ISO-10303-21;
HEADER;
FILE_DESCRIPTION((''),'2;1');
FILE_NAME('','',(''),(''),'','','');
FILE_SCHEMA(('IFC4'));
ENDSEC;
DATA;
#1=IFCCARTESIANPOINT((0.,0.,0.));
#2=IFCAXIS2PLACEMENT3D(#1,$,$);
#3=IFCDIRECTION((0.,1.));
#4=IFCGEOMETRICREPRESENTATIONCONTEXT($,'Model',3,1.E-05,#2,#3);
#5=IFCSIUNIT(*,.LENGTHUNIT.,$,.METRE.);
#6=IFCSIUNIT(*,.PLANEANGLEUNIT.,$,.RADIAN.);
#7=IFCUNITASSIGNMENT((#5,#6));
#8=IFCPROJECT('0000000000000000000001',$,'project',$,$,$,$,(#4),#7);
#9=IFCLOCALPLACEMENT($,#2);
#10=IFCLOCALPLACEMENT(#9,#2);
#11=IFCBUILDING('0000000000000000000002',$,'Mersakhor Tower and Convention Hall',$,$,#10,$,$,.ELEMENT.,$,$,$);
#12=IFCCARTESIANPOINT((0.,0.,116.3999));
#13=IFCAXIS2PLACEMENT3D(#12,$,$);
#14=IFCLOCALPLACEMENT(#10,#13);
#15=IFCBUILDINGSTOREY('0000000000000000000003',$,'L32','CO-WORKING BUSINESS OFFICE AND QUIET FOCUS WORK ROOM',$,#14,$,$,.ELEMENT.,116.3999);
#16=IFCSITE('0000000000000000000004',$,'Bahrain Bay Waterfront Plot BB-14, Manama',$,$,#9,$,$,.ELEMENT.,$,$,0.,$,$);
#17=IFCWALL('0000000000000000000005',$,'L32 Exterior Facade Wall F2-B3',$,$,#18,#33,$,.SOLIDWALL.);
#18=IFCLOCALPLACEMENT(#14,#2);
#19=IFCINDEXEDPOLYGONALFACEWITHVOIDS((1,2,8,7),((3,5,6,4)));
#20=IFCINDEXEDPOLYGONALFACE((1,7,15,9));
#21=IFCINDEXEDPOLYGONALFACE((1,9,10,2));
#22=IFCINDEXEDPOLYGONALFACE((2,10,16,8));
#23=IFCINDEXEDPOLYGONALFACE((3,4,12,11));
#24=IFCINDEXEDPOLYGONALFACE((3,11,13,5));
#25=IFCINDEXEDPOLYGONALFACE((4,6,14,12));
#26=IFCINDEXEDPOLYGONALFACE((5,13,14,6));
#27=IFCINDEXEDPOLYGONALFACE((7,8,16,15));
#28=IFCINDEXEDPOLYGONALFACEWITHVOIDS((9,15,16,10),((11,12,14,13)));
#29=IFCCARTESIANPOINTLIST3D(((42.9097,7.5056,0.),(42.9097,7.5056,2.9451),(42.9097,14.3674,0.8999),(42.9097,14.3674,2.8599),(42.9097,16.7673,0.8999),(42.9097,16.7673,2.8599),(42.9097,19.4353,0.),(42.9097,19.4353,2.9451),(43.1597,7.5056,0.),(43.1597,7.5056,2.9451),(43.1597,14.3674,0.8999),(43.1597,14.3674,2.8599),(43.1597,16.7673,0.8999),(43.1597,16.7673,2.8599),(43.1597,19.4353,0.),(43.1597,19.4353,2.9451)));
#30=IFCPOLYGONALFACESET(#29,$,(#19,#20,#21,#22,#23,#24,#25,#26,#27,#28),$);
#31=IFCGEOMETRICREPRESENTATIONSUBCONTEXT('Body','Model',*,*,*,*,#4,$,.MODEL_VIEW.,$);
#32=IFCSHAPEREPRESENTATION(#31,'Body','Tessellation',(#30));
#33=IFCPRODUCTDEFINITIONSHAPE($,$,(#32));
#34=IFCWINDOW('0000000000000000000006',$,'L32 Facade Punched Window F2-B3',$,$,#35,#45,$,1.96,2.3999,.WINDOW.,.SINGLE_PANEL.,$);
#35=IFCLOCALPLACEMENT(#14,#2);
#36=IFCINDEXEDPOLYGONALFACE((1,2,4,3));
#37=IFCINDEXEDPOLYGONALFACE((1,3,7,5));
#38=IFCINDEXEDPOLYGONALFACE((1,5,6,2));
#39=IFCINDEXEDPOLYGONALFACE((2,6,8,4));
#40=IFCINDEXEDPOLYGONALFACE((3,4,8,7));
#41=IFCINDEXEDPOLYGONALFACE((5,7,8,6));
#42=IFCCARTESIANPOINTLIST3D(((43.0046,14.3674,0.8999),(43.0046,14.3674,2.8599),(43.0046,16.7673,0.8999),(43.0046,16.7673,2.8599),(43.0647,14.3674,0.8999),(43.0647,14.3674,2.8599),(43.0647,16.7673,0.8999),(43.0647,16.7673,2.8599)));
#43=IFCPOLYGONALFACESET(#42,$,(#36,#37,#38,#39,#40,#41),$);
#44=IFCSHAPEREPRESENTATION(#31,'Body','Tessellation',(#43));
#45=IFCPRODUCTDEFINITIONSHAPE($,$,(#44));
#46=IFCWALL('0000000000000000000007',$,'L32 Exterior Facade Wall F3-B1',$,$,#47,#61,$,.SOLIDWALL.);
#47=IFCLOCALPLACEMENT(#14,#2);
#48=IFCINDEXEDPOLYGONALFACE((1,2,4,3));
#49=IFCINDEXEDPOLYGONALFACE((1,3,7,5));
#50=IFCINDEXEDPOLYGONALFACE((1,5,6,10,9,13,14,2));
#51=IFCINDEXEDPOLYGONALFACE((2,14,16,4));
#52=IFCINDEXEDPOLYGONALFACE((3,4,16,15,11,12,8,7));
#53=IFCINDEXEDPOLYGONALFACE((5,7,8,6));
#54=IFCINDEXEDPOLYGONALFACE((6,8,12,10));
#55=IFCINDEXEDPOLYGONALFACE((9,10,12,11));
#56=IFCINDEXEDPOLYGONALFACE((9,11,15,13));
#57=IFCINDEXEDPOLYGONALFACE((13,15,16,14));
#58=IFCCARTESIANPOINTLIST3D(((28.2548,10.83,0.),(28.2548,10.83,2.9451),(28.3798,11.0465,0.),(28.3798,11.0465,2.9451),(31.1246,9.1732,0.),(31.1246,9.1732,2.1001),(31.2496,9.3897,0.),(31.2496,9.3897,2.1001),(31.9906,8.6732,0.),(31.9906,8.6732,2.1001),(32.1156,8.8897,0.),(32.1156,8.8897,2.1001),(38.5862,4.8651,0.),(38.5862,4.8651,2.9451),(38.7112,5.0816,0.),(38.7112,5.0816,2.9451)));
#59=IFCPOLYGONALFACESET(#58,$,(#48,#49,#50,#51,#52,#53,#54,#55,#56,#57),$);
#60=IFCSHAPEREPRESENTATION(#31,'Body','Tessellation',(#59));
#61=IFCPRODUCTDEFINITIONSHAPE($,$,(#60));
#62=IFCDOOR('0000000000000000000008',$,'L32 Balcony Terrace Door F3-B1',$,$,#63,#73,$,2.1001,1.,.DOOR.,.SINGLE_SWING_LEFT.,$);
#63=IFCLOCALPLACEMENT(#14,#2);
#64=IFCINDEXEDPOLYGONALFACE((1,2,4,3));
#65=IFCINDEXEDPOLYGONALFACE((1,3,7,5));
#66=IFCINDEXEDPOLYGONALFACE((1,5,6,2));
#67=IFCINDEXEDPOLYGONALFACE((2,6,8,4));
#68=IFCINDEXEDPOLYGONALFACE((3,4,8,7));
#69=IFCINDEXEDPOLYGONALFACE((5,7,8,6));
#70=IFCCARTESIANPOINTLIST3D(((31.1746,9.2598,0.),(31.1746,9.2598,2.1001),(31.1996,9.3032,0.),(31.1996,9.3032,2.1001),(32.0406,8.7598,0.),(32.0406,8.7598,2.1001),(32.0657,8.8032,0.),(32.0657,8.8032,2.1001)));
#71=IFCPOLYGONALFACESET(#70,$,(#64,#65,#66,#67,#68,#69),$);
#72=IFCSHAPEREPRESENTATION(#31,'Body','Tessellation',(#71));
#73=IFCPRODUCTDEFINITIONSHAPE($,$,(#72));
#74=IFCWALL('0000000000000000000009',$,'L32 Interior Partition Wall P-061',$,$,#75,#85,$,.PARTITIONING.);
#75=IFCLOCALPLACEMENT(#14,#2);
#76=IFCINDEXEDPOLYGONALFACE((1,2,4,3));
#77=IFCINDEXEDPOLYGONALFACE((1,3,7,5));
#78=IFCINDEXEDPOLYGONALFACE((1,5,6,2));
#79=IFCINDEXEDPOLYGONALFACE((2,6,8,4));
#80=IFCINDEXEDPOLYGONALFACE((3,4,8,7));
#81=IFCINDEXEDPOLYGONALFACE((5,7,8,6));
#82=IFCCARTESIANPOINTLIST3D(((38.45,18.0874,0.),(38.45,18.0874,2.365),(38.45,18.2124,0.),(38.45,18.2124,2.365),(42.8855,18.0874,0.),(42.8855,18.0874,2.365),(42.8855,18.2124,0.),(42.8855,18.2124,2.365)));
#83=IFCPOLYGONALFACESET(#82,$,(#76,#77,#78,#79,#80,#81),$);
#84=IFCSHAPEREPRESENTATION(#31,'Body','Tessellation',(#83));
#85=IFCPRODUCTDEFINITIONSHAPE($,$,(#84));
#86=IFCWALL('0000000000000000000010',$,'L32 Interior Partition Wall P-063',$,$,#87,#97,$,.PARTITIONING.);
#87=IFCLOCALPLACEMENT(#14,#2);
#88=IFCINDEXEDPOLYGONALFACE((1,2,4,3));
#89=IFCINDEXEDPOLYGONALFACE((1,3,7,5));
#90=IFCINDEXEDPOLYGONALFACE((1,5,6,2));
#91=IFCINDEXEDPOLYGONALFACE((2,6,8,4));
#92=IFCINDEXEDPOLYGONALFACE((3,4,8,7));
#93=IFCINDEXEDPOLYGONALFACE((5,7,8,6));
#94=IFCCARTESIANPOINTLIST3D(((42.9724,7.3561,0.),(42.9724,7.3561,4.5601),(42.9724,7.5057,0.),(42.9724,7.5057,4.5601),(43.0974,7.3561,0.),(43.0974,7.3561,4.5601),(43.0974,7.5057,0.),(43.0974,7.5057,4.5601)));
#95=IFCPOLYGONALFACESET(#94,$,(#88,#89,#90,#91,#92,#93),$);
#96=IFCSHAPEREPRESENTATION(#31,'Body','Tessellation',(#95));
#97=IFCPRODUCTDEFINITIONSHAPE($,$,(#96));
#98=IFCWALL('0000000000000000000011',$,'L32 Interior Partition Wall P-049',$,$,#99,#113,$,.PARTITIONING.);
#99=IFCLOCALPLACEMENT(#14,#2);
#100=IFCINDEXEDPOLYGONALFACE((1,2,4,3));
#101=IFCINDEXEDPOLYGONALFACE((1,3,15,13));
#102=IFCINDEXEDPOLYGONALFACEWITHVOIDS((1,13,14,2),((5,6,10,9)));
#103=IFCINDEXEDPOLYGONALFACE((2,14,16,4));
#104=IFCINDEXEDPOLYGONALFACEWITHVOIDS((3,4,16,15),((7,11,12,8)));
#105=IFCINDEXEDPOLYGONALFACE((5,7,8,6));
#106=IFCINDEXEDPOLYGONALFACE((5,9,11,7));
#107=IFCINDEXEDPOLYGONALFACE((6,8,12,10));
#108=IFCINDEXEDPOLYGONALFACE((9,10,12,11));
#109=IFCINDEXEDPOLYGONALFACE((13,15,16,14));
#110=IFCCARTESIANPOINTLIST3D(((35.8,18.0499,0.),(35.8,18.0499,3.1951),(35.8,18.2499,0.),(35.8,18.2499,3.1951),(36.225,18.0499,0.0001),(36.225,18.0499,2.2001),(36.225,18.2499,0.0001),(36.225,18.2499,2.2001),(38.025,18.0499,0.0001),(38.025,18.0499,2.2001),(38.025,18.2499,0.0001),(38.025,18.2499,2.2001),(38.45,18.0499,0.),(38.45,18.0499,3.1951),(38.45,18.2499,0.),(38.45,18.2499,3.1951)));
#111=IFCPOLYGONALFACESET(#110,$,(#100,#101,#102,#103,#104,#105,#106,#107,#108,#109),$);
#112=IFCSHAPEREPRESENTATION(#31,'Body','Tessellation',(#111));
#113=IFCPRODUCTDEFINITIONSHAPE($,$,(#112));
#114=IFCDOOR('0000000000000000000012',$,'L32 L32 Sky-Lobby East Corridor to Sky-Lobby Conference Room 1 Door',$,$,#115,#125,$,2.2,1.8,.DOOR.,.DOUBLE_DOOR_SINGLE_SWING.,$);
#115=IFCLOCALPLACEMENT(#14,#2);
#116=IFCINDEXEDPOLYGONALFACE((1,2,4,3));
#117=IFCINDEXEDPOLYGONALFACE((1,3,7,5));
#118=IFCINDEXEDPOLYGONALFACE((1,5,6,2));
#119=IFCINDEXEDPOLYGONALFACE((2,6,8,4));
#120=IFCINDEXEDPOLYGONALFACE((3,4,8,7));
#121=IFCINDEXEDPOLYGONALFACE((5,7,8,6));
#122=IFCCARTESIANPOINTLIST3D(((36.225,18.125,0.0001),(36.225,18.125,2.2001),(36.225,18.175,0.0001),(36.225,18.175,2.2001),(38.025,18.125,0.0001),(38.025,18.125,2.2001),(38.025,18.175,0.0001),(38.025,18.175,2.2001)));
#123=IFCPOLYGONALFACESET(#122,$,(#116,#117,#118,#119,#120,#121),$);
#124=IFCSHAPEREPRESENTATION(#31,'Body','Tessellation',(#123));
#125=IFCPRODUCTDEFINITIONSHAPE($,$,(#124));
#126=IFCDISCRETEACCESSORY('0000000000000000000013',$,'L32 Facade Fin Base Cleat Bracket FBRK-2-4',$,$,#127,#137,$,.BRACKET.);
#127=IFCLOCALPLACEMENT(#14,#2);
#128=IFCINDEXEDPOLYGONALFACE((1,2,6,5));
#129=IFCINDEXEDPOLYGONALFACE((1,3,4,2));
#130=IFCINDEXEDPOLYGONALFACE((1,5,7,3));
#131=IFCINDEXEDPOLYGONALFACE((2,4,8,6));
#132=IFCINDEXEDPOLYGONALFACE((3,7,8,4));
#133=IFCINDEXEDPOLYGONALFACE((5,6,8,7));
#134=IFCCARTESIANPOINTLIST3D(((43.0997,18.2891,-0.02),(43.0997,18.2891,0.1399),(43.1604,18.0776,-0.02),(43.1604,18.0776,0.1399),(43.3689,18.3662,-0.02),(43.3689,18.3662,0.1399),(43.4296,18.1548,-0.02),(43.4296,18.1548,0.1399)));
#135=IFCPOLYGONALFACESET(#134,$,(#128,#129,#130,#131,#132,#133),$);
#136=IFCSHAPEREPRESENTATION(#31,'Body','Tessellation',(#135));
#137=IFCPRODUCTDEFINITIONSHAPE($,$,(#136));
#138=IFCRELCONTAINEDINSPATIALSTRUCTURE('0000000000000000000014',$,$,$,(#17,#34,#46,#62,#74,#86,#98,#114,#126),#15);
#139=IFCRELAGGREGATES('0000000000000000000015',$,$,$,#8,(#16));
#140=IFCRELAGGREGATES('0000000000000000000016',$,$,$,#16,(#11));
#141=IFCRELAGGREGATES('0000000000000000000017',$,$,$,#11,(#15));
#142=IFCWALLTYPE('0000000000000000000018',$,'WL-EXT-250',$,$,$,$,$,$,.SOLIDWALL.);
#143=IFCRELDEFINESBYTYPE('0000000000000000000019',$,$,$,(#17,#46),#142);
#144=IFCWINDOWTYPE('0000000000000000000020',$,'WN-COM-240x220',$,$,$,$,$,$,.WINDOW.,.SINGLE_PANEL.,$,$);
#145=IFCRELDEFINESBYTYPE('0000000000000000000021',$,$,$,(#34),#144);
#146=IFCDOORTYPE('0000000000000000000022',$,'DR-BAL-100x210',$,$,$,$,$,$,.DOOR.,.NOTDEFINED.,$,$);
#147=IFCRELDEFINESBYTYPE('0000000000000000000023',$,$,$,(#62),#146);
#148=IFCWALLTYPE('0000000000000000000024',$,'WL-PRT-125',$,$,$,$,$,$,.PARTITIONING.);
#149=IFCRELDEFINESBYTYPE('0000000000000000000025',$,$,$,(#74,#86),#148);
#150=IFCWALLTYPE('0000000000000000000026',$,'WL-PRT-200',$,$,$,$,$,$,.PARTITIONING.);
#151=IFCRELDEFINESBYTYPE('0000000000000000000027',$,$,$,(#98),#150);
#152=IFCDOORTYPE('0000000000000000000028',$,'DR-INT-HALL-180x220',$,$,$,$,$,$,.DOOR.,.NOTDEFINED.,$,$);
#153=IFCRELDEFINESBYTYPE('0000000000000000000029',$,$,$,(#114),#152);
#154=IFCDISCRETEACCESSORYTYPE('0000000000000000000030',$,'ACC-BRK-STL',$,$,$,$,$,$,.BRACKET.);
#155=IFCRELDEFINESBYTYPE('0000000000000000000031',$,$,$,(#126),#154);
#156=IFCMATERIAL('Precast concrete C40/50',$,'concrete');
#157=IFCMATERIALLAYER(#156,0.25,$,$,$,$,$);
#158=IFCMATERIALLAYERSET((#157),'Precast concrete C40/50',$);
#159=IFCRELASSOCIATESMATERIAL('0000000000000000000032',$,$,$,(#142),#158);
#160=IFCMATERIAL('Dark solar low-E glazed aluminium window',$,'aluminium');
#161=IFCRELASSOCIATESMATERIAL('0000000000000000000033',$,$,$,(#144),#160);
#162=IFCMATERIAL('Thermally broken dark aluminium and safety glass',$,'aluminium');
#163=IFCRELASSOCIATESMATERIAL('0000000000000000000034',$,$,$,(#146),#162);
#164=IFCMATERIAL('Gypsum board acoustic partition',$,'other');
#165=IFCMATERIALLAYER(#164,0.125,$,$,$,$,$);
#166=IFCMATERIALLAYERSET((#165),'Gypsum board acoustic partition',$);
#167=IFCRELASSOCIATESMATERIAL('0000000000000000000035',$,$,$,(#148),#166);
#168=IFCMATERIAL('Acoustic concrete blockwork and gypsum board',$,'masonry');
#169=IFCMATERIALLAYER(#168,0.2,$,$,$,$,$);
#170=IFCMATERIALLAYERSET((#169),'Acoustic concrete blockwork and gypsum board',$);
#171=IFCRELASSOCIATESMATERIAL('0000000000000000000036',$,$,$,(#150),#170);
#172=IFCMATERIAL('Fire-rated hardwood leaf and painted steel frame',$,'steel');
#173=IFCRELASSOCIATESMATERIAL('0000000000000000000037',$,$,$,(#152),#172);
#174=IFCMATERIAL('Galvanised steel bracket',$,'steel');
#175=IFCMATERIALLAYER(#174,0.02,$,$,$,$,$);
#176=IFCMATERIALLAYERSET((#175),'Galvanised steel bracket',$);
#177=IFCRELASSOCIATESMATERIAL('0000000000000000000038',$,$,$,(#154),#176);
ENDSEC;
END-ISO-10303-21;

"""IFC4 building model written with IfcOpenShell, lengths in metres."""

from ifc_helpers import new_model, si_unit, direction, frame, frame_2d, origin, origin_2d, place, context, subcontext, project, spatial, rectangle, extrude, material, layer, layer_set, type_object, element, fill, save


model = new_model("IFC4")

# Units and contexts
model_context = context("Model", 3, precision=1e-05, world=origin(), true_north=direction((0.0, 1.0)))
body_context = subcontext(model_context, "Body", "Model", "MODEL_VIEW")
ifc_project = project(units=[si_unit("LENGTHUNIT", "METRE"), si_unit("PLANEANGLEUNIT", "RADIAN")], contexts=[model_context])

# Site, building, storey
site_placement = place(None, origin())
site = spatial("IfcSite", under=ifc_project, at=site_placement, Name="Bahrain Bay Waterfront Plot BB-14, Manama", CompositionType="ELEMENT", RefElevation=0.0)
building_placement = place(site_placement, origin())
building = spatial("IfcBuilding", under=site, at=building_placement, Name="Mersakhor Tower and Convention Hall", CompositionType="ELEMENT")
storey_placement = place(building_placement, frame((0.0, 0.0, 116.3999)))
storey = spatial("IfcBuildingStorey", under=building, at=storey_placement, Name="L32", Description="CO-WORKING BUSINESS OFFICE AND QUIET FOCUS WORK ROOM", CompositionType="ELEMENT", Elevation=116.3999)

# Shared definitions
ifc_material_1 = material(Name="Precast concrete C40/50", Category="concrete")
ifc_layer_1 = layer(ifc_material_1, 0.25)
ifc_layer_set_1 = layer_set([ifc_layer_1], Name="Precast concrete C40/50")
wall_type_1 = type_object("IfcWallType", Name="WL-EXT-250", PredefinedType="SOLIDWALL", material=ifc_layer_set_1)

# Wall, opening, window
wall_1_placement = place(storey_placement, frame((43.0347, 19.4353, 0.0), z_axis=(0.0, 0.0, 1.0), x_axis=(0.0, -1.0, 0.0)))
wall_1 = element("IfcWall", 1, at=wall_1_placement, inside=storey, type_object=wall_type_1, Name="L32 Exterior Facade Wall F2-B3", PredefinedType="SOLIDWALL", context=body_context, shape_type="SweptSolid", body=[
    extrude(rectangle(XDim=11.9297, YDim=0.25, at=frame_2d((5.9648, 0.0))), origin(), (0.0, 0.0, 1.0), 2.9451),
])
opening_1_placement = place(wall_1_placement, frame((2.668, 0.0, 0.8999)))
opening_1 = element("IfcOpeningElement", 2, at=opening_1_placement, cuts=wall_1, PredefinedType="OPENING", context=body_context, shape_type="SweptSolid", body=[
    extrude(rectangle(XDim=2.3999, YDim=1.96, at=frame_2d((1.2, 0.98))), frame((0.0, 0.135, 0.0), z_axis=(0.0, -1.0, 0.0), x_axis=(1.0, 0.0, 0.0)), (0.0, 0.0, 1.0), 0.27),
])
ifc_material_2 = material(Name="Dark solar low-E glazed aluminium window", Category="aluminium")
window_type = type_object("IfcWindowType", Name="WN-COM-240x220", PartitioningType="SINGLE_PANEL", PredefinedType="WINDOW", material=ifc_material_2)
window_placement = place(opening_1_placement, origin())
window = element("IfcWindow", 3, at=window_placement, inside=storey, type_object=window_type, Name="L32 Facade Punched Window F2-B3", OverallHeight=1.96, OverallWidth=2.3999, PartitioningType="SINGLE_PANEL", PredefinedType="WINDOW", context=body_context, shape_type="SweptSolid", body=[
    extrude(rectangle(XDim=2.3999, YDim=1.96, at=frame_2d((1.2, 0.98))), frame((0.0, 0.03, 0.0), z_axis=(0.0, -1.0, 0.0), x_axis=(1.0, 0.0, 0.0)), (0.0, 0.0, 1.0), 0.0601),
])
fill(opening_1, window)

# Wall, opening, door
wall_2_placement = place(storey_placement, frame((38.6487, 4.9734, 0.0), z_axis=(0.0, 0.0, 1.0), x_axis=(-0.866023, 0.500004, 0.0)))
wall_2 = element("IfcWall", 4, at=wall_2_placement, inside=storey, type_object=wall_type_1, Name="L32 Exterior Facade Wall F3-B1", PredefinedType="SOLIDWALL", context=body_context, shape_type="SweptSolid", body=[
    extrude(rectangle(XDim=11.9297, YDim=0.25, at=frame_2d((5.9648, 0.0))), origin(), (0.0, 0.0, 1.0), 2.9451),
])
opening_2_placement = place(wall_2_placement, frame((7.616, 0.0, 0.0)))
opening_2 = element("IfcOpeningElement", 5, at=opening_2_placement, cuts=wall_2, PredefinedType="OPENING", context=body_context, shape_type="SweptSolid", body=[
    extrude(rectangle(XDim=1.0, YDim=2.1001, at=frame_2d((0.5, 1.05))), frame((0.0, 0.135, 0.0), z_axis=(0.0, -1.0, 0.0), x_axis=(1.0, 0.0, 0.0)), (0.0, 0.0, 1.0), 0.27),
])
ifc_material_3 = material(Name="Thermally broken dark aluminium and safety glass", Category="aluminium")
door_type_1 = type_object("IfcDoorType", Name="DR-BAL-100x210", OperationType="NOTDEFINED", PredefinedType="DOOR", material=ifc_material_3)
door_1_placement = place(opening_2_placement, origin())
door_1 = element("IfcDoor", 6, at=door_1_placement, inside=storey, type_object=door_type_1, Name="L32 Balcony Terrace Door F3-B1", OperationType="SINGLE_SWING_LEFT", OverallHeight=2.1001, OverallWidth=1.0, PredefinedType="DOOR", context=body_context, shape_type="SweptSolid", body=[
    extrude(rectangle(XDim=1.0, YDim=2.1001, at=frame_2d((0.5, 1.05))), frame((0.0, 0.0249, 0.0), z_axis=(0.0, -1.0, 0.0), x_axis=(1.0, 0.0, 0.0)), (0.0, 0.0, 1.0), 0.05),
])
fill(opening_2, door_1)

# Walls
ifc_material_4 = material(Name="Gypsum board acoustic partition", Category="other")
ifc_layer_2 = layer(ifc_material_4, 0.125)
ifc_layer_set_2 = layer_set([ifc_layer_2], Name="Gypsum board acoustic partition")
wall_type_2 = type_object("IfcWallType", Name="WL-PRT-125", PredefinedType="PARTITIONING", material=ifc_layer_set_2)
wall_3_placement = place(storey_placement, frame((42.8855, 18.1499, 0.0), z_axis=(0.0, 0.0, 1.0), x_axis=(-1.0, 0.0, 0.0)))
element("IfcWall", 7, at=wall_3_placement, inside=storey, type_object=wall_type_2, Name="L32 Interior Partition Wall P-061", PredefinedType="PARTITIONING", context=body_context, shape_type="SweptSolid", body=[
    extrude(rectangle(XDim=4.4355, YDim=0.125, at=frame_2d((2.2178, 0.0))), origin(), (0.0, 0.0, 1.0), 2.365),
])
wall_4_placement = place(storey_placement, frame((43.0349, 7.5056, 0.0), z_axis=(0.0, 0.0, 1.0), x_axis=(0.0, -1.0, 0.0)))
element("IfcWall", 8, at=wall_4_placement, inside=storey, type_object=wall_type_2, Name="L32 Interior Partition Wall P-063", PredefinedType="PARTITIONING", context=body_context, shape_type="SweptSolid", body=[
    extrude(rectangle(XDim=0.1497, YDim=0.125, at=frame_2d((0.0747, 0.0))), origin(), (0.0, 0.0, 1.0), 4.5601),
])

# Wall, opening, door
ifc_material_5 = material(Name="Acoustic concrete blockwork and gypsum board", Category="masonry")
ifc_layer_3 = layer(ifc_material_5, 0.2)
ifc_layer_set_3 = layer_set([ifc_layer_3], Name="Acoustic concrete blockwork and gypsum board")
wall_type_3 = type_object("IfcWallType", Name="WL-PRT-200", PredefinedType="PARTITIONING", material=ifc_layer_set_3)
wall_5_placement = place(storey_placement, frame((38.45, 18.1499, 0.0), z_axis=(0.0, 0.0, 1.0), x_axis=(-1.0, 0.0, 0.0)))
wall_5 = element("IfcWall", 9, at=wall_5_placement, inside=storey, type_object=wall_type_3, Name="L32 Interior Partition Wall P-049", PredefinedType="PARTITIONING", context=body_context, shape_type="SweptSolid", body=[
    extrude(rectangle(XDim=2.6499, YDim=0.2, at=frame_2d((1.325, 0.0))), origin(), (0.0, 0.0, 1.0), 3.1951),
])
opening_3_placement = place(wall_5_placement, frame((0.425, 0.0, 0.0)))
opening_3 = element("IfcOpeningElement", 10, at=opening_3_placement, cuts=wall_5, PredefinedType="OPENING", context=body_context, shape_type="SweptSolid", body=[
    extrude(rectangle(XDim=1.8, YDim=2.2, at=frame_2d((0.8999, 1.1001))), frame((0.0, 0.1099, 0.0), z_axis=(0.0, -1.0, 0.0), x_axis=(1.0, 0.0, 0.0)), (0.0, 0.0, 1.0), 0.22),
])
ifc_material_6 = material(Name="Fire-rated hardwood leaf and painted steel frame", Category="steel")
door_type_2 = type_object("IfcDoorType", Name="DR-INT-HALL-180x220", OperationType="NOTDEFINED", PredefinedType="DOOR", material=ifc_material_6)
door_2_placement = place(opening_3_placement, origin())
door_2 = element("IfcDoor", 11, at=door_2_placement, inside=storey, type_object=door_type_2, Name="L32 L32 Sky-Lobby East Corridor to Sky-Lobby Conference Room 1 Door", OperationType="DOUBLE_DOOR_SINGLE_SWING", OverallHeight=2.2, OverallWidth=1.8, PredefinedType="DOOR", context=body_context, shape_type="SweptSolid", body=[
    extrude(rectangle(XDim=1.8, YDim=2.2, at=frame_2d((0.8999, 1.1001))), frame((0.0, 0.0249, 0.0), z_axis=(0.0, -1.0, 0.0), x_axis=(1.0, 0.0, 0.0)), (0.0, 0.0, 1.0), 0.05),
])
fill(opening_3, door_2)

# Discrete accessory
ifc_material_7 = material(Name="Galvanised steel bracket", Category="steel")
ifc_layer_4 = layer(ifc_material_7, 0.02)
ifc_layer_set_4 = layer_set([ifc_layer_4], Name="Galvanised steel bracket")
discrete_accessory_type = type_object("IfcDiscreteAccessoryType", Name="ACC-BRK-STL", PredefinedType="BRACKET", material=ifc_layer_set_4)
discrete_accessory_placement = place(storey_placement, frame((43.2646, 18.2219, -0.02), z_axis=(0.0, 0.0, 1.0), x_axis=(0.961262, 0.275637, 0.0)))
element("IfcDiscreteAccessory", 12, at=discrete_accessory_placement, inside=storey, type_object=discrete_accessory_type, Name="L32 Facade Fin Base Cleat Bracket FBRK-2-4", PredefinedType="BRACKET", context=body_context, shape_type="SweptSolid", body=[
    extrude(rectangle(XDim=0.28, YDim=0.22, at=origin_2d()), origin(), (0.0, 0.0, 1.0), 0.1599),
])

save(model, "model.ifc")
